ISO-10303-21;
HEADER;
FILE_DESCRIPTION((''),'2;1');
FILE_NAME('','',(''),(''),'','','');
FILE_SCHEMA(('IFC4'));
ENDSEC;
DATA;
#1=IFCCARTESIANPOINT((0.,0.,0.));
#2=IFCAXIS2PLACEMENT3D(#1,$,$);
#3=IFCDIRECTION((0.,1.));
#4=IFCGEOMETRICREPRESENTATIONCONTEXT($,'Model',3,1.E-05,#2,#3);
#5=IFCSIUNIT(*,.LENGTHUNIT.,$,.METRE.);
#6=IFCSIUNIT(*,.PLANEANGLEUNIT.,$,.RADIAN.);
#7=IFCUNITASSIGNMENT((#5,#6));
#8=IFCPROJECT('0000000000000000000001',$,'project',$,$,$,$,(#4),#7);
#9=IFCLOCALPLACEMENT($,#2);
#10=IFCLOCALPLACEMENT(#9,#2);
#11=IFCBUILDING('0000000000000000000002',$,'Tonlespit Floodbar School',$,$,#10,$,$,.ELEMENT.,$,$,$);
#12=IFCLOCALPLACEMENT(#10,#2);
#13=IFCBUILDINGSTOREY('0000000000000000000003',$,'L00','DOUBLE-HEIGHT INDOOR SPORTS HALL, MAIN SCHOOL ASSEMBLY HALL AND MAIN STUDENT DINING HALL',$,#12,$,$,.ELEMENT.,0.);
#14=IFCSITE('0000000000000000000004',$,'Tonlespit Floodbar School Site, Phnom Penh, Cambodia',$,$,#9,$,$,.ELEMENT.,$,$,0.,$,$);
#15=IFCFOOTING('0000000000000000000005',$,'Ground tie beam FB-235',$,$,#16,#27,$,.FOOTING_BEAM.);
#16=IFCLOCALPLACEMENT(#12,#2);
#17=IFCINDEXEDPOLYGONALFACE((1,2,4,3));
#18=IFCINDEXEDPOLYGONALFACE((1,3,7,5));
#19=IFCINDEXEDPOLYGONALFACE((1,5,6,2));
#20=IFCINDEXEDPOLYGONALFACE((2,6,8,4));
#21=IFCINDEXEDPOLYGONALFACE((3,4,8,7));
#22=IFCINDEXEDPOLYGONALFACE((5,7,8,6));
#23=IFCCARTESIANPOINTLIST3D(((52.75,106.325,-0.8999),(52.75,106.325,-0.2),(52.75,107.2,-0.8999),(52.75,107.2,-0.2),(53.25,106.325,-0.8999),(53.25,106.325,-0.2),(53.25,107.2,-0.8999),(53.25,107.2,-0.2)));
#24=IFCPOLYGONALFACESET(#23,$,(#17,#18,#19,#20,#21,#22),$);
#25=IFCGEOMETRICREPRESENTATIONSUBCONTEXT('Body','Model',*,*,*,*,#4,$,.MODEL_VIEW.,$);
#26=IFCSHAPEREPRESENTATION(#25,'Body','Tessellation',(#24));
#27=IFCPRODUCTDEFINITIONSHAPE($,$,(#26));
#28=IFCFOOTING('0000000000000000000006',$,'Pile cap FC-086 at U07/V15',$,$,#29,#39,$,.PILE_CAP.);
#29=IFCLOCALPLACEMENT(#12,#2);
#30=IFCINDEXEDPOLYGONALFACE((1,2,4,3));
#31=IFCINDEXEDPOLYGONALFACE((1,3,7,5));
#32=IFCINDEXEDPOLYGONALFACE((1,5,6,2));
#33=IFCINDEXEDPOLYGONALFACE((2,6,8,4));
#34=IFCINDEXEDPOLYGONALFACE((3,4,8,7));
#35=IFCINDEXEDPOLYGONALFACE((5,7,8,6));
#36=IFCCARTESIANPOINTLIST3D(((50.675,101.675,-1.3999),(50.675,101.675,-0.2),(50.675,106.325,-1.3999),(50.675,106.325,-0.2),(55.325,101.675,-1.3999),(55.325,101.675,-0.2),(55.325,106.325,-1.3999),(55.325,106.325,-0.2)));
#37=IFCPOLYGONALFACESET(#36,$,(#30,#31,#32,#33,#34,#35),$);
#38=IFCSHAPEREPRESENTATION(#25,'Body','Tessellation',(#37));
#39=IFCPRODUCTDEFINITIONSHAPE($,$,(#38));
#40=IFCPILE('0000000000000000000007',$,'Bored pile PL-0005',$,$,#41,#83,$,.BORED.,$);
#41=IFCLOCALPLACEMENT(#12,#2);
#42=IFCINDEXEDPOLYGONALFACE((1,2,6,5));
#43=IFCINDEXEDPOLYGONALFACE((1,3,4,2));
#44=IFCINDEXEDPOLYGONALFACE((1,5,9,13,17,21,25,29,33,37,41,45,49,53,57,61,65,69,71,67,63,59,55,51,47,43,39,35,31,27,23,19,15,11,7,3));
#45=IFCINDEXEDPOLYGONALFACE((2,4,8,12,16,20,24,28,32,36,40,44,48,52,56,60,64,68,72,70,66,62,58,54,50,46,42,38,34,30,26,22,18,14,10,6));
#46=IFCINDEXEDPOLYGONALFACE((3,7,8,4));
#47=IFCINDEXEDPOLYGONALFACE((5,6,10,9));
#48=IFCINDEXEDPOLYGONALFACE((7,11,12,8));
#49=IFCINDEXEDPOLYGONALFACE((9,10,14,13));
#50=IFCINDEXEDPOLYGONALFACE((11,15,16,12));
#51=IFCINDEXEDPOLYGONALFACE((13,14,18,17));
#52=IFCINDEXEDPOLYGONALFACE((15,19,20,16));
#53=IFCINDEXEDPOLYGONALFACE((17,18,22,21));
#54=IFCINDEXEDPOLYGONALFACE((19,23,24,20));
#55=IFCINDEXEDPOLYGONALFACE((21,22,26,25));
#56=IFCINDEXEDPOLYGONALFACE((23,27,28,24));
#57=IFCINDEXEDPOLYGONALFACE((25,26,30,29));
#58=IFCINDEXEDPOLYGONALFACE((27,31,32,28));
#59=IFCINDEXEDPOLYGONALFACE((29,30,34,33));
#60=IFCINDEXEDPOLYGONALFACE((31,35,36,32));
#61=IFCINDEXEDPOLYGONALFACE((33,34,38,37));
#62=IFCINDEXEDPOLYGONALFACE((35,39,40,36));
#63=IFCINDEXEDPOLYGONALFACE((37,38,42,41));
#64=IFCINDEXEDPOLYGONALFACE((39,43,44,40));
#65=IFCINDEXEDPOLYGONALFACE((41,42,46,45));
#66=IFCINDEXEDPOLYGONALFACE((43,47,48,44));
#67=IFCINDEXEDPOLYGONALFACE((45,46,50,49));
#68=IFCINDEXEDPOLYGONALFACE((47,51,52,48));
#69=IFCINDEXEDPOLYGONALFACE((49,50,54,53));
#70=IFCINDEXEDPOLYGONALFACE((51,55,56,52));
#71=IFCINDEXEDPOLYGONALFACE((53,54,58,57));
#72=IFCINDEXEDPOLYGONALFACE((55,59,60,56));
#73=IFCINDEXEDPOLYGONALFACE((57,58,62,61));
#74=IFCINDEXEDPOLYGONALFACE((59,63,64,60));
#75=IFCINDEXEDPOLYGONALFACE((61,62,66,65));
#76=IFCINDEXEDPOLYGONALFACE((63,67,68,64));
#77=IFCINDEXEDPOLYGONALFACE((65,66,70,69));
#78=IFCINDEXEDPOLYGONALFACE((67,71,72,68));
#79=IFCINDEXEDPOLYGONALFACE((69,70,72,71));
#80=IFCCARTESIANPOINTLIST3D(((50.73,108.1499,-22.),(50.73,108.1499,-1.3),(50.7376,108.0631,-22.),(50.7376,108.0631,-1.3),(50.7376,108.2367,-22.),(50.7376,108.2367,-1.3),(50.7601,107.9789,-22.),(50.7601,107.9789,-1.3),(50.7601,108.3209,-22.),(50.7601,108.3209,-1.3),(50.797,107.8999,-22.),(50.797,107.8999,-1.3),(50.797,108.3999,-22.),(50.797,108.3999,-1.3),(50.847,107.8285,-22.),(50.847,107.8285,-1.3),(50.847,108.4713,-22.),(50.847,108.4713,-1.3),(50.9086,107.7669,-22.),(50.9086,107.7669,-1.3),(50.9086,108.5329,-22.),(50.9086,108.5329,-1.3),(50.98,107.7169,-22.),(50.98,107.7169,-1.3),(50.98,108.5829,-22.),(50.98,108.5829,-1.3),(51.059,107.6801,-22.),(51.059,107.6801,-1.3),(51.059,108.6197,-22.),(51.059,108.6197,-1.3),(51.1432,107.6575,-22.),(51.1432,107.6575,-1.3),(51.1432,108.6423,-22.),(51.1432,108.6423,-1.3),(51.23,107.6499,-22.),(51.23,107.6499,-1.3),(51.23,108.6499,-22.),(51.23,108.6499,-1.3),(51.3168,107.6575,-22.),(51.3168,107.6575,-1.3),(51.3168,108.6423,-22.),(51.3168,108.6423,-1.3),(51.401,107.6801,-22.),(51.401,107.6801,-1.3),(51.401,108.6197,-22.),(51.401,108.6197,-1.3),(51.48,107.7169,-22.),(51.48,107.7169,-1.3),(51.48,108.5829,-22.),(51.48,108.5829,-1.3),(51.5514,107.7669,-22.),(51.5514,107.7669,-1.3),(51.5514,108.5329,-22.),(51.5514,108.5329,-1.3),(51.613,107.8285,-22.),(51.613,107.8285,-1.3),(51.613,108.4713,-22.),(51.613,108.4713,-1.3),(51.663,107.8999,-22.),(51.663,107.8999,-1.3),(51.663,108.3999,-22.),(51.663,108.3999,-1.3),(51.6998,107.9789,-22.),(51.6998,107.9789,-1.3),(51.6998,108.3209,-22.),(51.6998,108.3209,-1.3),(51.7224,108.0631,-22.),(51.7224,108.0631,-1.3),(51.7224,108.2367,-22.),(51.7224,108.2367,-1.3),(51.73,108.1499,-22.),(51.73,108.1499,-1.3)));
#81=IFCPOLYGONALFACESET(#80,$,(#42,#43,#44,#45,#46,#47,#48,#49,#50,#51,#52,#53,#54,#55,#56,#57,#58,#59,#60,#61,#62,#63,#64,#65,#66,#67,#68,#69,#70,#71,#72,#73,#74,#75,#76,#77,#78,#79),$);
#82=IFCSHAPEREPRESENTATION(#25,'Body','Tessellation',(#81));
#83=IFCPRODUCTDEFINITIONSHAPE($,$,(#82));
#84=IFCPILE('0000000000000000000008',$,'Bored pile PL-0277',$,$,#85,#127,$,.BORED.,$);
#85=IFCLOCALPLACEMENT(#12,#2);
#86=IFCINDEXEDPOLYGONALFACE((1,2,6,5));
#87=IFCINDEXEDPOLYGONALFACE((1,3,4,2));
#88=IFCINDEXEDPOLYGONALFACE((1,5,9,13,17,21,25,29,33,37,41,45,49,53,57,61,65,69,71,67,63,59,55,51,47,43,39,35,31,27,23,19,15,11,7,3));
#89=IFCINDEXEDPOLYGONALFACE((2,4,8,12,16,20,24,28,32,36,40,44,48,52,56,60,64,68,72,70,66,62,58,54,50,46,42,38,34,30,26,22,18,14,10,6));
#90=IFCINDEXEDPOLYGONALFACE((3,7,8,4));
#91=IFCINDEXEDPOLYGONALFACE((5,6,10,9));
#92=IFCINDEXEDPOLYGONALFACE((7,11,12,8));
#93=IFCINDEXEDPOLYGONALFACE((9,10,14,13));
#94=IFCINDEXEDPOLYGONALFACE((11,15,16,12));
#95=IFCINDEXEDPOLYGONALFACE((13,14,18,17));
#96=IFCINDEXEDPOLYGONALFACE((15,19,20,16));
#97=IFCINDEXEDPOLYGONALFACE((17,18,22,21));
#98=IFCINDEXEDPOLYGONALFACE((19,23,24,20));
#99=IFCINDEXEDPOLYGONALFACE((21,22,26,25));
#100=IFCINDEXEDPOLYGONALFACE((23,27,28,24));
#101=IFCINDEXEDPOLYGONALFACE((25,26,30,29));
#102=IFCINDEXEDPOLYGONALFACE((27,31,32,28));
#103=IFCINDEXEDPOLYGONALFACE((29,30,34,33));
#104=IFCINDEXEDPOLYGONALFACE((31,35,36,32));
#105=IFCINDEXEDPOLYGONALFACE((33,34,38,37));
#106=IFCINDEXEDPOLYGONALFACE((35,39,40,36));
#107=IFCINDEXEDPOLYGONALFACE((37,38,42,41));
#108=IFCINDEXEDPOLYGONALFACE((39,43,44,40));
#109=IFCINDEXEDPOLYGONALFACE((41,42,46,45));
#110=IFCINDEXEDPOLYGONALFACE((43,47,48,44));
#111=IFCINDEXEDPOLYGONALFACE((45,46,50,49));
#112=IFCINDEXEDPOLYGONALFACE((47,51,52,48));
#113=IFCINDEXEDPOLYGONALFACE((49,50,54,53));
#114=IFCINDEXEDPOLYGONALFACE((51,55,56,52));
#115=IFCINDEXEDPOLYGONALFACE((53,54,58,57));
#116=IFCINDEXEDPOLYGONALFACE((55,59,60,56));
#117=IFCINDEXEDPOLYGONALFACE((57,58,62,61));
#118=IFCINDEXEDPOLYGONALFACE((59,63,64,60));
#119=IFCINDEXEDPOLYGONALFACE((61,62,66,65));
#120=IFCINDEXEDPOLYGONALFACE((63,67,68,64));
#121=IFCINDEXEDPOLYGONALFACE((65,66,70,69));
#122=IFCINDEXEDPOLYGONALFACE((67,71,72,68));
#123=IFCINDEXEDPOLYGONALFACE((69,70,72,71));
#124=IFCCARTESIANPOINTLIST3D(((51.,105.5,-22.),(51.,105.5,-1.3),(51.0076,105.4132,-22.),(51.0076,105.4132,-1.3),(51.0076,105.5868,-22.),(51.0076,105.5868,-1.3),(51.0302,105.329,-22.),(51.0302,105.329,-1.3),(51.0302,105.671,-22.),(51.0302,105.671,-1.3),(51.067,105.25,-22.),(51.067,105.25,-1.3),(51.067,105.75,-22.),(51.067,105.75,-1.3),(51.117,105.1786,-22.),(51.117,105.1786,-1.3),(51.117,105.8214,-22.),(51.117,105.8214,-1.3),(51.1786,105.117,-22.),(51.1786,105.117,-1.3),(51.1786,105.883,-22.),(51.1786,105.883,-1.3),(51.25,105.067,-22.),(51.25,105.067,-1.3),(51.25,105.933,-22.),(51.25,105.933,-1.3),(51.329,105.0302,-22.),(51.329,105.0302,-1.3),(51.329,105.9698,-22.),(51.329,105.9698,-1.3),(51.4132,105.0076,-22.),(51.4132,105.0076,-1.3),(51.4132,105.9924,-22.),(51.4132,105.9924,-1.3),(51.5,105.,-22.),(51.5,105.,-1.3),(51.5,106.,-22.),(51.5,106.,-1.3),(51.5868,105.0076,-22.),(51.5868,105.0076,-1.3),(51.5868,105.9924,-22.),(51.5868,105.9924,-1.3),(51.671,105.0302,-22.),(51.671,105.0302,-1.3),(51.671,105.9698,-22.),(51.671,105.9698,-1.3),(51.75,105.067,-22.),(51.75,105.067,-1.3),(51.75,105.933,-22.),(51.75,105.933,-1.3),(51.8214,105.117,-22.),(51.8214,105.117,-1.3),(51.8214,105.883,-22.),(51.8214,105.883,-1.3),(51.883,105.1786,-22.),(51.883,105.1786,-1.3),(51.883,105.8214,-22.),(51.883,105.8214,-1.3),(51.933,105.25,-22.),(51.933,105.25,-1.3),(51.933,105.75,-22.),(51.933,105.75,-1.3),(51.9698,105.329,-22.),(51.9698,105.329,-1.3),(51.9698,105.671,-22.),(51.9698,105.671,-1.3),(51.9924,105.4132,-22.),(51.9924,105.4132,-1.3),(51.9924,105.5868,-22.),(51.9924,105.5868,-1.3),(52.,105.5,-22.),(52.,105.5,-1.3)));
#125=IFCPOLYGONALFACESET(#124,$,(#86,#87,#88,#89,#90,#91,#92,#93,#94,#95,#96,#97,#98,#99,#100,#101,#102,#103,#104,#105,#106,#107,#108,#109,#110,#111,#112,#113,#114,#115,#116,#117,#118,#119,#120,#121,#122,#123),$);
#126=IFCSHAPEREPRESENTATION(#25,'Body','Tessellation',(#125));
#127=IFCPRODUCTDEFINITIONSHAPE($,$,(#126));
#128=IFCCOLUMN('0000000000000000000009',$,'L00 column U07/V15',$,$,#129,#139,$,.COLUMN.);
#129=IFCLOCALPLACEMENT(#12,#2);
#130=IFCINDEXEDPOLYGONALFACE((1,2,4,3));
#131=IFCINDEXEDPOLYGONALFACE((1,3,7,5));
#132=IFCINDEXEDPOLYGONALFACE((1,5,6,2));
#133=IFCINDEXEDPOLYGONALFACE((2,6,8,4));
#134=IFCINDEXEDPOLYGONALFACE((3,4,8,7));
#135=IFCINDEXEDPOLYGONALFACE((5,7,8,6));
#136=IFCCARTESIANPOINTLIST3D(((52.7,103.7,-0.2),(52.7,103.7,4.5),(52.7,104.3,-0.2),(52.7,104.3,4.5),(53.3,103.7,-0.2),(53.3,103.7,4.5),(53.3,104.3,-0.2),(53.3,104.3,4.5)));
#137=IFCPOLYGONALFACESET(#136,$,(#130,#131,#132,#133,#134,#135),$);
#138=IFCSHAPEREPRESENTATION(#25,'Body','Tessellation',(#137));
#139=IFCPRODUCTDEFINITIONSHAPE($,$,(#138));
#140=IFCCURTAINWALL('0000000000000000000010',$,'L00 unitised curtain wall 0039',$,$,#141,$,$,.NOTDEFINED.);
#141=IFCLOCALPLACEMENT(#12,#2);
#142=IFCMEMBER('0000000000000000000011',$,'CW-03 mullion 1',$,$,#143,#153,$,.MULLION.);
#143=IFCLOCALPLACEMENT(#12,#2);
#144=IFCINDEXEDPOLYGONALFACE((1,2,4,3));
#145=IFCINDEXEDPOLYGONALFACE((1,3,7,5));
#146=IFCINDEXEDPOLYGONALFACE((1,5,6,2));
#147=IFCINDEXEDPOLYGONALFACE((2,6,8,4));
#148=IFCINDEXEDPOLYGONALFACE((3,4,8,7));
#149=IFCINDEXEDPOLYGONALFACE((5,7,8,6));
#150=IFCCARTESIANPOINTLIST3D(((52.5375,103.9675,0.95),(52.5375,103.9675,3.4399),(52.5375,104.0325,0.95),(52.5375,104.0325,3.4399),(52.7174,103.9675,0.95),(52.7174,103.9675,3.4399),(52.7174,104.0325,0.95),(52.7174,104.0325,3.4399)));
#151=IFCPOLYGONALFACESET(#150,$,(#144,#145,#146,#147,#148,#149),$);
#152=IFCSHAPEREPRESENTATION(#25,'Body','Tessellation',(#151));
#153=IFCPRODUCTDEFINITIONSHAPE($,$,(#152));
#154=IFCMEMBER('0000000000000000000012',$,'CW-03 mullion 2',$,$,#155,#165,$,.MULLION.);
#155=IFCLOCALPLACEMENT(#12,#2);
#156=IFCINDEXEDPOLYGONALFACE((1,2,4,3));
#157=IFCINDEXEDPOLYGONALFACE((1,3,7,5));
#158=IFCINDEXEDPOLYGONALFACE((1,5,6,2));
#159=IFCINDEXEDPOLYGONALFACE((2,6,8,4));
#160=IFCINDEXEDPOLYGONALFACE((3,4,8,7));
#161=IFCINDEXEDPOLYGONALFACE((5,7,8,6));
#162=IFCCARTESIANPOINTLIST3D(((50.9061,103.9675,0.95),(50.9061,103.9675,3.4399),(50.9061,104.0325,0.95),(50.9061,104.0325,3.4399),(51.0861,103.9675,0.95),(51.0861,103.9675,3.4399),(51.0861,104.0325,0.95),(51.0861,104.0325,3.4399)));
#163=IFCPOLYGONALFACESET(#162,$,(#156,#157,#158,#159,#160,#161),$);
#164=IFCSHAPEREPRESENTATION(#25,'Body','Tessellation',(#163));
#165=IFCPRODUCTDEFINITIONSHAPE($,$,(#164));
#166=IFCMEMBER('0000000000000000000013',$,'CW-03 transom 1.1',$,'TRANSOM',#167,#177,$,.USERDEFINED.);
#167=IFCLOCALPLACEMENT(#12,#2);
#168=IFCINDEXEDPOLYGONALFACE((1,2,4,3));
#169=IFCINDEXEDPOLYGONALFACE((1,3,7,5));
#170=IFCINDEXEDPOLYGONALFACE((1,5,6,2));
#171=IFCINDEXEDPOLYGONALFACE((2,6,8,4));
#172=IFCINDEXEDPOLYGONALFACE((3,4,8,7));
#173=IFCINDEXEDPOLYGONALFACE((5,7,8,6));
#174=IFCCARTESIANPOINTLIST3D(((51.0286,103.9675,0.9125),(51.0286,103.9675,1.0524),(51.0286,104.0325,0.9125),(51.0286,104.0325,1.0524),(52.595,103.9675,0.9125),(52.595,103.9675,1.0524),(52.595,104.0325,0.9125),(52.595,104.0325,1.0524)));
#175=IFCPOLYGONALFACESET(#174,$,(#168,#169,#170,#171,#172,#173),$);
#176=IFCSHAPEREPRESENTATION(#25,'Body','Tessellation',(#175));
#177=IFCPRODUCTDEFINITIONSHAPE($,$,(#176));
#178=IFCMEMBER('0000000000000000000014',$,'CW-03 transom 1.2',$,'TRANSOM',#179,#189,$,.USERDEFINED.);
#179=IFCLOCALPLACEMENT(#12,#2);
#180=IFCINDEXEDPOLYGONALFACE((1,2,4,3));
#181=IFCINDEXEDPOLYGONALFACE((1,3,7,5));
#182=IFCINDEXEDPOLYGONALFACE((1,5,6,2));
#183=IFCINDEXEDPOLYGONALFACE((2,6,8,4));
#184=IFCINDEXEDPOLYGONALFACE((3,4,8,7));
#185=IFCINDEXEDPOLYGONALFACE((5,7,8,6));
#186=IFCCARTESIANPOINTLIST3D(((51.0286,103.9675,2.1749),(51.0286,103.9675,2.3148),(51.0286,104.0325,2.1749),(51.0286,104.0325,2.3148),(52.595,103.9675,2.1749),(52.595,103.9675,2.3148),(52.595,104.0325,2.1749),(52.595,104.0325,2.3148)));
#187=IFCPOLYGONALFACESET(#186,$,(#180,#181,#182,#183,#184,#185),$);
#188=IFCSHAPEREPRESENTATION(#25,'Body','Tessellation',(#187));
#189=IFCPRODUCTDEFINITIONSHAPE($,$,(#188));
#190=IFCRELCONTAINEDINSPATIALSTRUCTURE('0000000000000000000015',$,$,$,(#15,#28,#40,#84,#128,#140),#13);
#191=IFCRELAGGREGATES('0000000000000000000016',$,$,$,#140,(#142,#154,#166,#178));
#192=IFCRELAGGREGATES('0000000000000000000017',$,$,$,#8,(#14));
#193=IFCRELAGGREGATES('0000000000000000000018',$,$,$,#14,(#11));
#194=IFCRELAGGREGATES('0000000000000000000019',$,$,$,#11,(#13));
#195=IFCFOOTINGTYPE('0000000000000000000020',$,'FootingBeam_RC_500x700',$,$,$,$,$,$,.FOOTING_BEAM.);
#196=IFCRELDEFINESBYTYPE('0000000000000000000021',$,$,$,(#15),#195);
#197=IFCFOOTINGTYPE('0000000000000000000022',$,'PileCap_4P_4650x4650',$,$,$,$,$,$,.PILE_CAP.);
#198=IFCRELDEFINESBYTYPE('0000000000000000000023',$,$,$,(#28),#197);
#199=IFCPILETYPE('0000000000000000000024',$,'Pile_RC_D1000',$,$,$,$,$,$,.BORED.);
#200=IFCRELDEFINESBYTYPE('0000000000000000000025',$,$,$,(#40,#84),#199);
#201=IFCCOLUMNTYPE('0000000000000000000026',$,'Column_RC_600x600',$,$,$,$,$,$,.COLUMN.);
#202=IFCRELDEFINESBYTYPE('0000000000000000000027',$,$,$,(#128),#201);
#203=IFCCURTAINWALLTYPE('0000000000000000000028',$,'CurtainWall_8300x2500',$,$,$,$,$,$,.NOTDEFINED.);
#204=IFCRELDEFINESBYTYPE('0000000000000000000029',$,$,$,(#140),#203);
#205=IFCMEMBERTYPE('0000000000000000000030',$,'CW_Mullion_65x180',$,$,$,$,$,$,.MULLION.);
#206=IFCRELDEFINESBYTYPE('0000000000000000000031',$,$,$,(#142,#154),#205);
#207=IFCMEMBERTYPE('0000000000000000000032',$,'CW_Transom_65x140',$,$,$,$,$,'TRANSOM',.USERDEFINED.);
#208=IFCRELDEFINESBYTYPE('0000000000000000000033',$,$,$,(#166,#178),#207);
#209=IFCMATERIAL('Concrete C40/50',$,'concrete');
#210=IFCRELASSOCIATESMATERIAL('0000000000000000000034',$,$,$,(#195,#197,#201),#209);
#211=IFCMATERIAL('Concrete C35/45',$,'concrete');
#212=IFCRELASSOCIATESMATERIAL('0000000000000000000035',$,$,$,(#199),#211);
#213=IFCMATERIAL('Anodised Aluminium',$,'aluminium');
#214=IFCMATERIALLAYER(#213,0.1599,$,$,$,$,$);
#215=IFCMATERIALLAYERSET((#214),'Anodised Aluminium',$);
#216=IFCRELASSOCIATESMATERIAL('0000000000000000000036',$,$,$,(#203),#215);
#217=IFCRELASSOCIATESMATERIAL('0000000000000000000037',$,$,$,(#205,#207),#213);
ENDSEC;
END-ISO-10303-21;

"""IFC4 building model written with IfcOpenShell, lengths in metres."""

from ifc_helpers import new_model, si_unit, direction, frame, origin, origin_2d, place, context, subcontext, project, spatial, rectangle, circle, extrude, material, layer, layer_set, material_profile, profile_set, type_object, element, aggregate, save


model = new_model("IFC4")

# Units and contexts
model_context = context("Model", 3, precision=1e-05, world=origin(), true_north=direction((0.0, 1.0)))
body_context = subcontext(model_context, "Body", "Model", "MODEL_VIEW")
ifc_project = project(units=[si_unit("LENGTHUNIT", "METRE"), si_unit("PLANEANGLEUNIT", "RADIAN")], contexts=[model_context])

# Site, building, storey
site_placement = place(None, origin())
site = spatial("IfcSite", under=ifc_project, at=site_placement, Name="Tonlespit Floodbar School Site, Phnom Penh, Cambodia", CompositionType="ELEMENT", RefElevation=0.0)
building_placement = place(site_placement, origin())
building = spatial("IfcBuilding", under=site, at=building_placement, Name="Tonlespit Floodbar School", CompositionType="ELEMENT")
storey_placement = place(building_placement, origin())
storey = spatial("IfcBuildingStorey", under=building, at=storey_placement, Name="L00", Description="DOUBLE-HEIGHT INDOOR SPORTS HALL, MAIN SCHOOL ASSEMBLY HALL AND MAIN STUDENT DINING HALL", CompositionType="ELEMENT", Elevation=0.0)

# Footings
ifc_material_1 = material(Name="Concrete C40/50", Category="concrete")
footing_type_1 = type_object("IfcFootingType", Name="FootingBeam_RC_500x700", PredefinedType="FOOTING_BEAM", material=ifc_material_1)
footing_1_placement = place(storey_placement, frame((53.0, 106.7625, -0.8999), z_axis=(0.0, 0.0, 1.0), x_axis=(0.0, 1.0, 0.0)))
element("IfcFooting", 1, at=footing_1_placement, inside=storey, type_object=footing_type_1, Name="Ground tie beam FB-235", PredefinedType="FOOTING_BEAM", context=body_context, shape_type="SweptSolid", body=[
    extrude(rectangle(XDim=0.875, YDim=0.5, at=origin_2d()), origin(), (0.0, 0.0, 1.0), 0.7),
])
footing_type_2 = type_object("IfcFootingType", Name="PileCap_4P_4650x4650", PredefinedType="PILE_CAP", material=ifc_material_1)
footing_2_placement = place(storey_placement, frame((53.0, 104.0, -1.3999), z_axis=(0.0, 0.0, 1.0), x_axis=(1.0, 0.0, 0.0)))
element("IfcFooting", 2, at=footing_2_placement, inside=storey, type_object=footing_type_2, Name="Pile cap FC-086 at U07/V15", PredefinedType="PILE_CAP", context=body_context, shape_type="SweptSolid", body=[
    extrude(rectangle(XDim=4.6499, YDim=4.6499, at=origin_2d()), origin(), (0.0, 0.0, 1.0), 1.2),
])

# Piles
ifc_material_2 = material(Name="Concrete C35/45", Category="concrete")
ifc_material_profile_1 = material_profile(ifc_material_2, circle(Radius=0.5, at=origin_2d()), Name="BP D1000")
ifc_profile_set_1 = profile_set([ifc_material_profile_1], Name="Concrete C35/45")
pile_type = type_object("IfcPileType", Name="Pile_RC_D1000", PredefinedType="BORED", material=ifc_profile_set_1)
for number, where, z_axis, x_axis, name in (
    (3, (51.23, 108.1499, -1.3), (0.0, 0.0, -1.0), (1.0, 0.0, 0.0), "Bored pile PL-0005"),
    (4, (51.5, 105.5, -1.3), (0.0, 0.0, -1.0), (1.0, 0.0, 0.0), "Bored pile PL-0277"),
):
    element("IfcPile", number, at=place(storey_placement, frame(where, z_axis=z_axis, x_axis=x_axis)), inside=storey, type_object=pile_type, Name=name, PredefinedType="BORED", context=body_context, shape_type="SweptSolid", body=[
        extrude(circle(Radius=0.5, at=origin_2d()), origin(), (0.0, 0.0, 1.0), 20.7),
    ])

# Column
ifc_material_profile_2 = material_profile(ifc_material_1, rectangle(XDim=0.6001, YDim=0.6001, at=origin_2d()), Name="RC 600x600")
ifc_profile_set_2 = profile_set([ifc_material_profile_2], Name="Concrete C40/50")
column_type = type_object("IfcColumnType", Name="Column_RC_600x600", PredefinedType="COLUMN", material=ifc_profile_set_2)
column_placement = place(storey_placement, frame((53.0, 104.0, -0.2), z_axis=(0.0, 0.0, 1.0), x_axis=(1.0, 0.0, 0.0)))
element("IfcColumn", 5, at=column_placement, inside=storey, type_object=column_type, Name="L00 column U07/V15", PredefinedType="COLUMN", context=body_context, shape_type="SweptSolid", body=[
    extrude(rectangle(XDim=0.6001, YDim=0.6001, at=origin_2d()), origin(), (0.0, 0.0, 1.0), 4.7),
])

# Curtain wall, members
ifc_material_3 = material(Name="Anodised Aluminium", Category="aluminium")
ifc_layer_1 = layer(ifc_material_3, 0.1599)
ifc_layer_set_1 = layer_set([ifc_layer_1], Name="Anodised Aluminium")
curtain_wall_type = type_object("IfcCurtainWallType", Name="CurtainWall_8300x2500", PredefinedType="NOTDEFINED", material=ifc_layer_set_1)
curtain_wall_placement = place(storey_placement, origin())
curtain_wall = element("IfcCurtainWall", 6, at=curtain_wall_placement, inside=storey, type_object=curtain_wall_type, Name="L00 unitised curtain wall 0039", PredefinedType="NOTDEFINED")
ifc_material_profile_3 = material_profile(ifc_material_3, rectangle(XDim=0.0649, YDim=0.1799, at=origin_2d()), Name="ALU M65x180")
ifc_profile_set_3 = profile_set([ifc_material_profile_3], Name="Anodised Aluminium")
member_type_1 = type_object("IfcMemberType", Name="CW_Mullion_65x180", PredefinedType="MULLION", material=ifc_profile_set_3)
member_1_placement = place(storey_placement, frame((52.6274, 104.0, 0.95), z_axis=(0.0, 0.0, 1.0), x_axis=(0.0, -1.0, 0.0)))
member_1 = element("IfcMember", 7, at=member_1_placement, type_object=member_type_1, Name="CW-03 mullion 1", PredefinedType="MULLION", context=body_context, shape_type="SweptSolid", body=[
    extrude(rectangle(XDim=0.0649, YDim=0.1799, at=origin_2d()), origin(), (0.0, 0.0, 1.0), 2.49),
])
member_2_placement = place(storey_placement, frame((50.9961, 104.0, 0.95), z_axis=(0.0, 0.0, 1.0), x_axis=(0.0, -1.0, 0.0)))
member_2 = element("IfcMember", 8, at=member_2_placement, type_object=member_type_1, Name="CW-03 mullion 2", PredefinedType="MULLION", context=body_context, shape_type="SweptSolid", body=[
    extrude(rectangle(XDim=0.0649, YDim=0.1799, at=origin_2d()), origin(), (0.0, 0.0, 1.0), 2.49),
])
ifc_material_profile_4 = material_profile(ifc_material_3, rectangle(XDim=0.0649, YDim=0.1399, at=origin_2d()), Name="ALU T65x140")
ifc_profile_set_4 = profile_set([ifc_material_profile_4], Name="Anodised Aluminium")
member_type_2 = type_object("IfcMemberType", Name="CW_Transom_65x140", ElementType="TRANSOM", PredefinedType="USERDEFINED", material=ifc_profile_set_4)
member_3_placement = place(storey_placement, frame((52.595, 104.0, 0.9824), z_axis=(-1.0, 0.0, 0.0), x_axis=(0.0, -1.0, 0.0)))
member_3 = element("IfcMember", 9, at=member_3_placement, type_object=member_type_2, Name="CW-03 transom 1.1", ObjectType="TRANSOM", PredefinedType="USERDEFINED", context=body_context, shape_type="SweptSolid", body=[
    extrude(rectangle(XDim=0.0649, YDim=0.1399, at=origin_2d()), origin(), (0.0, 0.0, 1.0), 1.5664),
])
member_4_placement = place(storey_placement, frame((52.595, 104.0, 2.2449), z_axis=(-1.0, 0.0, 0.0), x_axis=(0.0, -1.0, 0.0)))
member_4 = element("IfcMember", 10, at=member_4_placement, type_object=member_type_2, Name="CW-03 transom 1.2", ObjectType="TRANSOM", PredefinedType="USERDEFINED", context=body_context, shape_type="SweptSolid", body=[
    extrude(rectangle(XDim=0.0649, YDim=0.1399, at=origin_2d()), origin(), (0.0, 0.0, 1.0), 1.5664),
])
aggregate(curtain_wall, [member_1, member_2, member_3, member_4])

save(model, "model.ifc")
